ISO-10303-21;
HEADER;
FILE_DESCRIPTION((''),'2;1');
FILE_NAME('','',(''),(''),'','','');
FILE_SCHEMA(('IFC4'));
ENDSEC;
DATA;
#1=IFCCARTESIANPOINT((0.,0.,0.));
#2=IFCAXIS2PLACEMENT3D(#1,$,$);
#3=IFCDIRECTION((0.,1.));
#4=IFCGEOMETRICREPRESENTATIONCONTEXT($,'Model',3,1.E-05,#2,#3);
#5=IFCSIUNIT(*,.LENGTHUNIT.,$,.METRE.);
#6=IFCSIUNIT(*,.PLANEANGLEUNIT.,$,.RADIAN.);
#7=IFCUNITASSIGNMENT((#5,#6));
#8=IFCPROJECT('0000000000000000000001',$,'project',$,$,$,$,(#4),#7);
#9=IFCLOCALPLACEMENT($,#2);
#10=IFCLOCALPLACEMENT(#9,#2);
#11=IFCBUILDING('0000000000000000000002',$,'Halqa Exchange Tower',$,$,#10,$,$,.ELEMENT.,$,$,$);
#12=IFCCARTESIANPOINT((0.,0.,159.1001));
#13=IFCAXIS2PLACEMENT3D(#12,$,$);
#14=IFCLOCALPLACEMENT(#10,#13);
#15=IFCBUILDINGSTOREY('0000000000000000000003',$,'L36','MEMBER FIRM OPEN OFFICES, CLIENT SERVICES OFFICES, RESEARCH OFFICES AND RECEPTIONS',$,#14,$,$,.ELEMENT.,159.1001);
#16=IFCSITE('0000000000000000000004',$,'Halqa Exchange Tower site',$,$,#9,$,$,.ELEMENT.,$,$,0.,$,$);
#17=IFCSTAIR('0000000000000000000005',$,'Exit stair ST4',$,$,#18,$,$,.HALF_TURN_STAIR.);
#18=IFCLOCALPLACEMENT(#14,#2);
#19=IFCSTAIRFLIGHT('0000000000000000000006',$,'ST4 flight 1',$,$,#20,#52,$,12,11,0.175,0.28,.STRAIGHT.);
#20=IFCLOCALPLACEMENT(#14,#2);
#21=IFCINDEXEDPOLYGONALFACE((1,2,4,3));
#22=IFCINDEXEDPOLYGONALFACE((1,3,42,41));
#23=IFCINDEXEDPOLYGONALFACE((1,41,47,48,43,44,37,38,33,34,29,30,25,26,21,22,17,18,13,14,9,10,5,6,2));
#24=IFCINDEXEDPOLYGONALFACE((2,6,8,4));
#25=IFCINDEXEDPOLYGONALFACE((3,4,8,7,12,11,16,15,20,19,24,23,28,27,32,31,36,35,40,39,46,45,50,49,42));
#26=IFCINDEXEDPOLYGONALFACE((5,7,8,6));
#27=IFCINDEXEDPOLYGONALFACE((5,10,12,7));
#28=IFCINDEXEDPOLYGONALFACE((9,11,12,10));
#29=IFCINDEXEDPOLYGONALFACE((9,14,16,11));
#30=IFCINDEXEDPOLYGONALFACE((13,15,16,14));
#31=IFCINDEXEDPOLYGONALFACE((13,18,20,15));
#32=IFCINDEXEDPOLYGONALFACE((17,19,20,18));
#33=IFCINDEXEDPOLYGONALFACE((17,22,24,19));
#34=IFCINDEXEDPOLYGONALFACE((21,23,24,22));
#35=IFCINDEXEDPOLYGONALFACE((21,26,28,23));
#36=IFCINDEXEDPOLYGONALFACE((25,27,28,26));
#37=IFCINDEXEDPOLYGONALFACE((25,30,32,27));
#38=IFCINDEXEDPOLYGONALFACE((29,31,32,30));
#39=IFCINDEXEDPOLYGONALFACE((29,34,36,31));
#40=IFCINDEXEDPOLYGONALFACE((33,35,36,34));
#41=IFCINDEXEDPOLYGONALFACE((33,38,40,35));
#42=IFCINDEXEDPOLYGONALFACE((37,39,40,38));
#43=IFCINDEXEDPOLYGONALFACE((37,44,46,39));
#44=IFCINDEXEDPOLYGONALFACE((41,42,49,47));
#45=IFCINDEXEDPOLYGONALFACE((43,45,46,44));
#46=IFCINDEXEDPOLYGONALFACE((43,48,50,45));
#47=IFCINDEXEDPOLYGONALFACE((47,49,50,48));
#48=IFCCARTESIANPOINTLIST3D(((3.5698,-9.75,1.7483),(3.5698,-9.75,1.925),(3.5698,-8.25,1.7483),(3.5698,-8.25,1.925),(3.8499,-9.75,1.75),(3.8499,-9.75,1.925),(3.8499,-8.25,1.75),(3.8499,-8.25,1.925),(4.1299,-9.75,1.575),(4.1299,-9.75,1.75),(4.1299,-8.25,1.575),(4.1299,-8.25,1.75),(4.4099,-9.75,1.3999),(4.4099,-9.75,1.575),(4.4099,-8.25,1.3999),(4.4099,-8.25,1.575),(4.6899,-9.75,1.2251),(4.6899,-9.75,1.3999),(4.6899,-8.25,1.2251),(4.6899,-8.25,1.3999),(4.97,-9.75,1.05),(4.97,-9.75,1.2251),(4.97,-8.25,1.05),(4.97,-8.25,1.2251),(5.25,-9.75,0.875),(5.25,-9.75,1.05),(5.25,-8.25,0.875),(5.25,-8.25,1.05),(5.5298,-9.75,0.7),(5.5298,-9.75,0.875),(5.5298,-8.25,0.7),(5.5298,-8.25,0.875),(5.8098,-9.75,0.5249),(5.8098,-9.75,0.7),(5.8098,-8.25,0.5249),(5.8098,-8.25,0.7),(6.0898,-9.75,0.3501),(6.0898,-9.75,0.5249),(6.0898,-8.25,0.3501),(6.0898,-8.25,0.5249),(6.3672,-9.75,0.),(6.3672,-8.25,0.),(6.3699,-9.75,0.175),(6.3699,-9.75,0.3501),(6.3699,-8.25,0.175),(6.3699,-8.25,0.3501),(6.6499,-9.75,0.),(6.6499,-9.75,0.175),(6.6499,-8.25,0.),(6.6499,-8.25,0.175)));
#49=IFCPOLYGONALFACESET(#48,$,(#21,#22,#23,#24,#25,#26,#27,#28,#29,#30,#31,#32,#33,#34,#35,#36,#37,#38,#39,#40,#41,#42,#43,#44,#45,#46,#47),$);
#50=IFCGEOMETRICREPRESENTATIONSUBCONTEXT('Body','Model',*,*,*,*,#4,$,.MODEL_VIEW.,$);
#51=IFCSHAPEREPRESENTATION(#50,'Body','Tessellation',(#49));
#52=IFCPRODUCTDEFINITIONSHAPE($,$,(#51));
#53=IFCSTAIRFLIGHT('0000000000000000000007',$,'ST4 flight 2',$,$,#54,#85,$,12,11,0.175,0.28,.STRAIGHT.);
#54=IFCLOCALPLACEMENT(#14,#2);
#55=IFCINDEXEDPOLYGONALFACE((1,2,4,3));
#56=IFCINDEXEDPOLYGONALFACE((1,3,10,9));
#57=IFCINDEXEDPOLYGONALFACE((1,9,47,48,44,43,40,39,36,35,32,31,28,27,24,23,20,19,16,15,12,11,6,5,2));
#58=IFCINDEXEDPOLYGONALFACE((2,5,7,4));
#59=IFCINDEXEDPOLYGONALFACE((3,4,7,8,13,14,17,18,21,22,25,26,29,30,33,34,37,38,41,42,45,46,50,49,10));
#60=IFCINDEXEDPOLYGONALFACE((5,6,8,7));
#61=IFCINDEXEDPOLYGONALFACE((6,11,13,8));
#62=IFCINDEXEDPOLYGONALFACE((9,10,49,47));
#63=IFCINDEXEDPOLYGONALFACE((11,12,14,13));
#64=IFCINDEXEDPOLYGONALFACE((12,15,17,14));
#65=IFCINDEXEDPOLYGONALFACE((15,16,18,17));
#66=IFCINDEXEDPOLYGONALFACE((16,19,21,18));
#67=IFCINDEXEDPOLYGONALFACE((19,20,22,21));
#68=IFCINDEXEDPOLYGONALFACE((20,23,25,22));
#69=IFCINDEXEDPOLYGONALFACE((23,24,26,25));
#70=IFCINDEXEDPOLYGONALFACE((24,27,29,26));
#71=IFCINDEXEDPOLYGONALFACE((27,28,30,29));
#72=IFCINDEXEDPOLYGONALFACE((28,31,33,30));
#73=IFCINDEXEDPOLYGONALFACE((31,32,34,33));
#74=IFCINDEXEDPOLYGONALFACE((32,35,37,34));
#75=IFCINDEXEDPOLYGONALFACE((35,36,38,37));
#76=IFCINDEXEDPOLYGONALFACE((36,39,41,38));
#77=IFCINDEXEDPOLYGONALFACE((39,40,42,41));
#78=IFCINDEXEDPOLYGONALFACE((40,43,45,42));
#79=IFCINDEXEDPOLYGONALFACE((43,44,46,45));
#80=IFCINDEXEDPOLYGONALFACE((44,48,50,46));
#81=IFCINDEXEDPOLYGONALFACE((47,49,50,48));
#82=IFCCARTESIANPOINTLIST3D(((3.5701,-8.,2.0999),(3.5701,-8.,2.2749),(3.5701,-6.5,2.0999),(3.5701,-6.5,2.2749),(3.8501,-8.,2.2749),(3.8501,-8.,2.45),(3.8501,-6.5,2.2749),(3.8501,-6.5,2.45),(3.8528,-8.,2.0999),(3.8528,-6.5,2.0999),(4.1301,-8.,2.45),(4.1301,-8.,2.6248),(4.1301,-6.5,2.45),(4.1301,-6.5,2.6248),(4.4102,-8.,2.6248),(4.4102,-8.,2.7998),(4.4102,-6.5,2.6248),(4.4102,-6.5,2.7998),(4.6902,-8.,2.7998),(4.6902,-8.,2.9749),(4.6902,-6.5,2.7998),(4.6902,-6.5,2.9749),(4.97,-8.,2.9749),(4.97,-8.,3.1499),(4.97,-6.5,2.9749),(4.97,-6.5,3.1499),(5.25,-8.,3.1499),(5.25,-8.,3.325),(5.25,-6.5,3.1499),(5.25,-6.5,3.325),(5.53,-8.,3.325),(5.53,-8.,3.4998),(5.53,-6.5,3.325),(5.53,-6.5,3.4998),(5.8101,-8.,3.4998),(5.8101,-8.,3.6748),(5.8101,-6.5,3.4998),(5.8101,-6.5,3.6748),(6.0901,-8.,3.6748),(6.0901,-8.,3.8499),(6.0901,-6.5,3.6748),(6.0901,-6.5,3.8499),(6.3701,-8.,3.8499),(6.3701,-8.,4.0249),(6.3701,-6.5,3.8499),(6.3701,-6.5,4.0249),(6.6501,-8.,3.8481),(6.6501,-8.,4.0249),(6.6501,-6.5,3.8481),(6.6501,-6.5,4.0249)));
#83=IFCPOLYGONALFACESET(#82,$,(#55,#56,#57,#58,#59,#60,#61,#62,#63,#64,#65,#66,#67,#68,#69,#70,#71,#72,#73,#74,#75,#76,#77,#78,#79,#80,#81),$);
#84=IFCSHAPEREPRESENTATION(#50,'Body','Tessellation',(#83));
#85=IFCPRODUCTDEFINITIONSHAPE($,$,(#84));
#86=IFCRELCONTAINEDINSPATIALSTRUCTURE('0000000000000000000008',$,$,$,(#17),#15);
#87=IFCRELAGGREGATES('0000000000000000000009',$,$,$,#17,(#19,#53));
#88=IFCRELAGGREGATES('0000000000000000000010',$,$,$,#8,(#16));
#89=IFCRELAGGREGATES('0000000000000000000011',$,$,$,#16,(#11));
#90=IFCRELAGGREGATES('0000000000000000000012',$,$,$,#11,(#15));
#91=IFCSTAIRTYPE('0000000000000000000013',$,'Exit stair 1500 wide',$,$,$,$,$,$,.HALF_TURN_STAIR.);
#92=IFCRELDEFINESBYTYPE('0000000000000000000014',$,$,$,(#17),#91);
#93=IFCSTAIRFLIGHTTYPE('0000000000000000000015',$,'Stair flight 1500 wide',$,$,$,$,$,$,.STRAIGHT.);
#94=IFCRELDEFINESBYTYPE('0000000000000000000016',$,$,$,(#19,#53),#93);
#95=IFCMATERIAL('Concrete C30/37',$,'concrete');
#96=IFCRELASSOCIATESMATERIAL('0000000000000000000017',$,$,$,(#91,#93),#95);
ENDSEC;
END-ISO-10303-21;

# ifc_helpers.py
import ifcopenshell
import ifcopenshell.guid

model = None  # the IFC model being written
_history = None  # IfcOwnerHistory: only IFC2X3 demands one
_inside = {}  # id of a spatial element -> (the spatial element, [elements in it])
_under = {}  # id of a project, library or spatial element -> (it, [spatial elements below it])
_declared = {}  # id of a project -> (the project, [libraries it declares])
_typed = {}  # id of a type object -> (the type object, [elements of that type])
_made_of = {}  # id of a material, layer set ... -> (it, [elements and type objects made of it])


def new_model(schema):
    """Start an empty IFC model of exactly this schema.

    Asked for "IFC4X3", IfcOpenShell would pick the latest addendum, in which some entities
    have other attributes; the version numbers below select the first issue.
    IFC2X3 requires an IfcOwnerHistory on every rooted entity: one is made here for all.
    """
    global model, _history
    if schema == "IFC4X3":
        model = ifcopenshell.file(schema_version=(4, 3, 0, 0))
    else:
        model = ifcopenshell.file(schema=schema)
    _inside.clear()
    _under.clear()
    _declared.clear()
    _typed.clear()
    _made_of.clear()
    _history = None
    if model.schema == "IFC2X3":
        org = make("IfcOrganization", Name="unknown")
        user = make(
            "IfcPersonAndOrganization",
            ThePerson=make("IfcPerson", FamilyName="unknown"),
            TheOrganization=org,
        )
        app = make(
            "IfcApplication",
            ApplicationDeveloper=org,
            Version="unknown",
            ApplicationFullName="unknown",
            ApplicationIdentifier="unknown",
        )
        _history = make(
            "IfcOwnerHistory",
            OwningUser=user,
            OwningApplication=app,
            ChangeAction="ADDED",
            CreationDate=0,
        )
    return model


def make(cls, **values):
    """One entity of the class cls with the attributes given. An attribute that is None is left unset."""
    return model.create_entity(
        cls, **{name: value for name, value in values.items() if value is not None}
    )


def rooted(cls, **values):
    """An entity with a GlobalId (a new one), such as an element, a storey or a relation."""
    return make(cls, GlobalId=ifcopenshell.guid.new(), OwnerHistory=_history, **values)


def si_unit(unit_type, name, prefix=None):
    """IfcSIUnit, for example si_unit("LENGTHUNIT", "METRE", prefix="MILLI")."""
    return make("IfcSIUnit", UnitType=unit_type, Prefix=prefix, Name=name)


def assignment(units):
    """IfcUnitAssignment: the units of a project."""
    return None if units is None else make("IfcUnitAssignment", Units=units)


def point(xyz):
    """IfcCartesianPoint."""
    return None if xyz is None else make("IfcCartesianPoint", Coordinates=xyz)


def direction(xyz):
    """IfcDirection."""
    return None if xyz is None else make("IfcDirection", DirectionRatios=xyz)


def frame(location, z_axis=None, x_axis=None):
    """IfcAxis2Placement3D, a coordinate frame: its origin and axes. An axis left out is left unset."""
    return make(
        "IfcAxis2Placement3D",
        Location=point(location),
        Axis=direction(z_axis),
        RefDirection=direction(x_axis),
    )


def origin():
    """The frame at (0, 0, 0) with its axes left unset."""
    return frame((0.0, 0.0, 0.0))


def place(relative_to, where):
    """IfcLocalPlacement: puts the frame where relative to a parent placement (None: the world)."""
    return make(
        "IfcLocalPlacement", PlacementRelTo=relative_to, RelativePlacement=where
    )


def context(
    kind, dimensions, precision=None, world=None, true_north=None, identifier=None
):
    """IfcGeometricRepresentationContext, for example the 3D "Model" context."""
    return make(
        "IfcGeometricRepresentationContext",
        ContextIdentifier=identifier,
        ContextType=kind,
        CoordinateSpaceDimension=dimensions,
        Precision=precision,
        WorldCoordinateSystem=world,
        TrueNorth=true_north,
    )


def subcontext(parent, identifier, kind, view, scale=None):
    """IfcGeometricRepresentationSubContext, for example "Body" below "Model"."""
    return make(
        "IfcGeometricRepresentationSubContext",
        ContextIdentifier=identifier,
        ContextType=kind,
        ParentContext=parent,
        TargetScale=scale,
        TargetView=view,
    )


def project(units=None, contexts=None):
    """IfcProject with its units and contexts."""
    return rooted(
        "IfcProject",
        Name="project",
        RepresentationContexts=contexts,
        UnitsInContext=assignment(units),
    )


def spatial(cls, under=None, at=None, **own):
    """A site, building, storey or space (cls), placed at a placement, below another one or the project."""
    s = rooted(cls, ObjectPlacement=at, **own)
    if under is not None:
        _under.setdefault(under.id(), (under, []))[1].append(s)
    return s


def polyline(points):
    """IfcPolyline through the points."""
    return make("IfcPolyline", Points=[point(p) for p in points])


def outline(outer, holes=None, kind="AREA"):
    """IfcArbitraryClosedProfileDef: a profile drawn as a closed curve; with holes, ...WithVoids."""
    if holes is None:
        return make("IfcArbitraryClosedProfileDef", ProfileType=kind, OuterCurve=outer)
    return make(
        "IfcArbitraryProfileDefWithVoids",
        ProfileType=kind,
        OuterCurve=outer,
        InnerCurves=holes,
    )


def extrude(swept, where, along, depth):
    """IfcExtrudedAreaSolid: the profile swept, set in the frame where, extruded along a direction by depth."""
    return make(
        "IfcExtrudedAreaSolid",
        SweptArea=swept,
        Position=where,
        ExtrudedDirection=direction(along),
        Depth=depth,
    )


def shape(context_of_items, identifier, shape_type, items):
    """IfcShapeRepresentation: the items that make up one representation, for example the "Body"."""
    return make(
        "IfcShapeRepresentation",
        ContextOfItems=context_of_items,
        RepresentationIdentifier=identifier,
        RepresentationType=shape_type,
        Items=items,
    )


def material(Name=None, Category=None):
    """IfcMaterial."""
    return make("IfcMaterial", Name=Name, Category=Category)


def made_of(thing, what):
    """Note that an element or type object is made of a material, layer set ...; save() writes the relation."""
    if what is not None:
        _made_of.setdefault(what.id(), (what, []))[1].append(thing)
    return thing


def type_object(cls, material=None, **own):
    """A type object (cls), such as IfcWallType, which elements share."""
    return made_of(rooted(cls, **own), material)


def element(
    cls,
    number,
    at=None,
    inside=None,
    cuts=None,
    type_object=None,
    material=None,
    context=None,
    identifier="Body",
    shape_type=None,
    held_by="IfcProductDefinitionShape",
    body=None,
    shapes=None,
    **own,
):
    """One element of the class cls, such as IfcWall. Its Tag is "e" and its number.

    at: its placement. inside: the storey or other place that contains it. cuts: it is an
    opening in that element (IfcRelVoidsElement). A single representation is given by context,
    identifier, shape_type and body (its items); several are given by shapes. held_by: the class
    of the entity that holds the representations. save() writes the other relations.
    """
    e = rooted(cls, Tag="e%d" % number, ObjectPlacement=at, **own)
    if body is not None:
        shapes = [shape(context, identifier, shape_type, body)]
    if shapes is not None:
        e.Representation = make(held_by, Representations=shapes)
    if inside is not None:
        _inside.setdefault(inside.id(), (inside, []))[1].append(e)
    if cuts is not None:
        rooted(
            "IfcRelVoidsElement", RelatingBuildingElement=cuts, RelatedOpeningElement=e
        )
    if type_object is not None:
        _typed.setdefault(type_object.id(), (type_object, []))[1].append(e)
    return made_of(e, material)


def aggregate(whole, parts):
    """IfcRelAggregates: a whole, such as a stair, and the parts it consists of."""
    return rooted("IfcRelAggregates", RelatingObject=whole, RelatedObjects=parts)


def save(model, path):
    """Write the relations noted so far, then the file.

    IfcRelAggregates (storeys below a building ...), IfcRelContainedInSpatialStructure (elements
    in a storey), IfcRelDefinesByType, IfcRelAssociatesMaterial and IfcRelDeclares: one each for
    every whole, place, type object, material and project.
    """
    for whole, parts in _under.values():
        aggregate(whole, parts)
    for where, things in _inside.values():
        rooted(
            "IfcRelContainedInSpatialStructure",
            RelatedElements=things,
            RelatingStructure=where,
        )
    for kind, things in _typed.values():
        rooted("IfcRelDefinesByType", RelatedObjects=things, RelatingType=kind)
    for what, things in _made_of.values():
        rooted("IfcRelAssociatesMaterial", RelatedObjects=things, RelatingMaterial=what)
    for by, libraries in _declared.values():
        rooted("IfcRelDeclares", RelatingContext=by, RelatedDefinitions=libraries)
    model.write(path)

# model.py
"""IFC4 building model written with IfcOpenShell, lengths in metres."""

from ifc_helpers import new_model, si_unit, direction, frame, origin, place, context, subcontext, project, spatial, polyline, outline, extrude, material, type_object, element, aggregate, save


model = new_model("IFC4")

# Units and contexts
model_context = context("Model", 3, precision=1e-05, world=origin(), true_north=direction((0.0, 1.0)))
body_context = subcontext(model_context, "Body", "Model", "MODEL_VIEW")
ifc_project = project(units=[si_unit("LENGTHUNIT", "METRE"), si_unit("PLANEANGLEUNIT", "RADIAN")], contexts=[model_context])

# Site, building, storey
site_placement = place(None, origin())
site = spatial("IfcSite", under=ifc_project, at=site_placement, Name="Halqa Exchange Tower site", CompositionType="ELEMENT", RefElevation=0.0)
building_placement = place(site_placement, origin())
building = spatial("IfcBuilding", under=site, at=building_placement, Name="Halqa Exchange Tower", CompositionType="ELEMENT")
storey_placement = place(building_placement, frame((0.0, 0.0, 159.1001)))
storey = spatial("IfcBuildingStorey", under=building, at=storey_placement, Name="L36", Description="MEMBER FIRM OPEN OFFICES, CLIENT SERVICES OFFICES, RESEARCH OFFICES AND RECEPTIONS", CompositionType="ELEMENT", Elevation=159.1001)

# Shared definitions
ifc_material_1 = material(Name="Concrete C30/37", Category="concrete")

# Stair, stair flights
stair_type = type_object("IfcStairType", Name="Exit stair 1500 wide", PredefinedType="HALF_TURN_STAIR", material=ifc_material_1)
stair_placement = place(storey_placement, origin())
stair = element("IfcStair", 1, at=stair_placement, inside=storey, type_object=stair_type, Name="Exit stair ST4", PredefinedType="HALF_TURN_STAIR")
stair_flight_type = type_object("IfcStairFlightType", Name="Stair flight 1500 wide", PredefinedType="STRAIGHT", material=ifc_material_1)
stair_flight_1_placement = place(storey_placement, frame((6.6499, -9.0, 0.0), z_axis=(0.0, 0.0, 1.0), x_axis=(-1.0, 0.0, 0.0)))
stair_flight_1 = element("IfcStairFlight", 2, at=stair_flight_1_placement, type_object=stair_flight_type, Name="ST4 flight 1", NumberOfRisers=12, NumberOfTreads=11, PredefinedType="STRAIGHT", RiserHeight=0.175, TreadLength=0.28, context=body_context, shape_type="SweptSolid", body=[
    extrude(outline(polyline([(0.0, 0.0), (0.0, 0.175), (0.28, 0.175), (0.28, 0.3501), (0.5601, 0.3501), (0.5601, 0.5249), (0.8401, 0.5249), (0.8401, 0.7), (1.1201, 0.7), (1.1201, 0.875), (1.3999, 0.875), (1.3999, 1.05), (1.6799, 1.05), (1.6799, 1.2251), (1.96, 1.2251), (1.96, 1.3999), (2.24, 1.3999), (2.24, 1.575), (2.52, 1.575), (2.52, 1.75), (2.8, 1.75), (2.8, 1.925), (3.0801, 1.925), (3.0801, 2.1001), (3.0801, 1.7483), (0.2827, 0.0), (0.0, 0.0)])), frame((0.0, 0.75, 0.0), z_axis=(0.0, -1.0, 0.0), x_axis=(1.0, 0.0, 0.0)), (0.0, 0.0, 1.0), 1.5),
])
stair_flight_2_placement = place(storey_placement, frame((3.5701, -7.25, 2.0999), z_axis=(0.0, 0.0, 1.0), x_axis=(1.0, 0.0, 0.0)))
stair_flight_2 = element("IfcStairFlight", 3, at=stair_flight_2_placement, type_object=stair_flight_type, Name="ST4 flight 2", NumberOfRisers=12, NumberOfTreads=11, PredefinedType="STRAIGHT", RiserHeight=0.175, TreadLength=0.28, context=body_context, shape_type="SweptSolid", body=[
    extrude(outline(polyline([(0.0, 0.0), (0.0, 0.175), (0.28, 0.175), (0.28, 0.3501), (0.5601, 0.3501), (0.5601, 0.5249), (0.8401, 0.5249), (0.8401, 0.7), (1.1201, 0.7), (1.1201, 0.875), (1.3999, 0.875), (1.3999, 1.05), (1.6799, 1.05), (1.6799, 1.2251), (1.96, 1.2251), (1.96, 1.3999), (2.24, 1.3999), (2.24, 1.575), (2.52, 1.575), (2.52, 1.75), (2.8, 1.75), (2.8, 1.925), (3.0801, 1.925), (3.0801, 2.1001), (3.0801, 1.7483), (0.2827, 0.0), (0.0, 0.0)])), frame((0.0, 0.75, 0.0), z_axis=(0.0, -1.0, 0.0), x_axis=(1.0, 0.0, 0.0)), (0.0, 0.0, 1.0), 1.5),
])
aggregate(stair, [stair_flight_1, stair_flight_2])

save(model, "model.ifc")
